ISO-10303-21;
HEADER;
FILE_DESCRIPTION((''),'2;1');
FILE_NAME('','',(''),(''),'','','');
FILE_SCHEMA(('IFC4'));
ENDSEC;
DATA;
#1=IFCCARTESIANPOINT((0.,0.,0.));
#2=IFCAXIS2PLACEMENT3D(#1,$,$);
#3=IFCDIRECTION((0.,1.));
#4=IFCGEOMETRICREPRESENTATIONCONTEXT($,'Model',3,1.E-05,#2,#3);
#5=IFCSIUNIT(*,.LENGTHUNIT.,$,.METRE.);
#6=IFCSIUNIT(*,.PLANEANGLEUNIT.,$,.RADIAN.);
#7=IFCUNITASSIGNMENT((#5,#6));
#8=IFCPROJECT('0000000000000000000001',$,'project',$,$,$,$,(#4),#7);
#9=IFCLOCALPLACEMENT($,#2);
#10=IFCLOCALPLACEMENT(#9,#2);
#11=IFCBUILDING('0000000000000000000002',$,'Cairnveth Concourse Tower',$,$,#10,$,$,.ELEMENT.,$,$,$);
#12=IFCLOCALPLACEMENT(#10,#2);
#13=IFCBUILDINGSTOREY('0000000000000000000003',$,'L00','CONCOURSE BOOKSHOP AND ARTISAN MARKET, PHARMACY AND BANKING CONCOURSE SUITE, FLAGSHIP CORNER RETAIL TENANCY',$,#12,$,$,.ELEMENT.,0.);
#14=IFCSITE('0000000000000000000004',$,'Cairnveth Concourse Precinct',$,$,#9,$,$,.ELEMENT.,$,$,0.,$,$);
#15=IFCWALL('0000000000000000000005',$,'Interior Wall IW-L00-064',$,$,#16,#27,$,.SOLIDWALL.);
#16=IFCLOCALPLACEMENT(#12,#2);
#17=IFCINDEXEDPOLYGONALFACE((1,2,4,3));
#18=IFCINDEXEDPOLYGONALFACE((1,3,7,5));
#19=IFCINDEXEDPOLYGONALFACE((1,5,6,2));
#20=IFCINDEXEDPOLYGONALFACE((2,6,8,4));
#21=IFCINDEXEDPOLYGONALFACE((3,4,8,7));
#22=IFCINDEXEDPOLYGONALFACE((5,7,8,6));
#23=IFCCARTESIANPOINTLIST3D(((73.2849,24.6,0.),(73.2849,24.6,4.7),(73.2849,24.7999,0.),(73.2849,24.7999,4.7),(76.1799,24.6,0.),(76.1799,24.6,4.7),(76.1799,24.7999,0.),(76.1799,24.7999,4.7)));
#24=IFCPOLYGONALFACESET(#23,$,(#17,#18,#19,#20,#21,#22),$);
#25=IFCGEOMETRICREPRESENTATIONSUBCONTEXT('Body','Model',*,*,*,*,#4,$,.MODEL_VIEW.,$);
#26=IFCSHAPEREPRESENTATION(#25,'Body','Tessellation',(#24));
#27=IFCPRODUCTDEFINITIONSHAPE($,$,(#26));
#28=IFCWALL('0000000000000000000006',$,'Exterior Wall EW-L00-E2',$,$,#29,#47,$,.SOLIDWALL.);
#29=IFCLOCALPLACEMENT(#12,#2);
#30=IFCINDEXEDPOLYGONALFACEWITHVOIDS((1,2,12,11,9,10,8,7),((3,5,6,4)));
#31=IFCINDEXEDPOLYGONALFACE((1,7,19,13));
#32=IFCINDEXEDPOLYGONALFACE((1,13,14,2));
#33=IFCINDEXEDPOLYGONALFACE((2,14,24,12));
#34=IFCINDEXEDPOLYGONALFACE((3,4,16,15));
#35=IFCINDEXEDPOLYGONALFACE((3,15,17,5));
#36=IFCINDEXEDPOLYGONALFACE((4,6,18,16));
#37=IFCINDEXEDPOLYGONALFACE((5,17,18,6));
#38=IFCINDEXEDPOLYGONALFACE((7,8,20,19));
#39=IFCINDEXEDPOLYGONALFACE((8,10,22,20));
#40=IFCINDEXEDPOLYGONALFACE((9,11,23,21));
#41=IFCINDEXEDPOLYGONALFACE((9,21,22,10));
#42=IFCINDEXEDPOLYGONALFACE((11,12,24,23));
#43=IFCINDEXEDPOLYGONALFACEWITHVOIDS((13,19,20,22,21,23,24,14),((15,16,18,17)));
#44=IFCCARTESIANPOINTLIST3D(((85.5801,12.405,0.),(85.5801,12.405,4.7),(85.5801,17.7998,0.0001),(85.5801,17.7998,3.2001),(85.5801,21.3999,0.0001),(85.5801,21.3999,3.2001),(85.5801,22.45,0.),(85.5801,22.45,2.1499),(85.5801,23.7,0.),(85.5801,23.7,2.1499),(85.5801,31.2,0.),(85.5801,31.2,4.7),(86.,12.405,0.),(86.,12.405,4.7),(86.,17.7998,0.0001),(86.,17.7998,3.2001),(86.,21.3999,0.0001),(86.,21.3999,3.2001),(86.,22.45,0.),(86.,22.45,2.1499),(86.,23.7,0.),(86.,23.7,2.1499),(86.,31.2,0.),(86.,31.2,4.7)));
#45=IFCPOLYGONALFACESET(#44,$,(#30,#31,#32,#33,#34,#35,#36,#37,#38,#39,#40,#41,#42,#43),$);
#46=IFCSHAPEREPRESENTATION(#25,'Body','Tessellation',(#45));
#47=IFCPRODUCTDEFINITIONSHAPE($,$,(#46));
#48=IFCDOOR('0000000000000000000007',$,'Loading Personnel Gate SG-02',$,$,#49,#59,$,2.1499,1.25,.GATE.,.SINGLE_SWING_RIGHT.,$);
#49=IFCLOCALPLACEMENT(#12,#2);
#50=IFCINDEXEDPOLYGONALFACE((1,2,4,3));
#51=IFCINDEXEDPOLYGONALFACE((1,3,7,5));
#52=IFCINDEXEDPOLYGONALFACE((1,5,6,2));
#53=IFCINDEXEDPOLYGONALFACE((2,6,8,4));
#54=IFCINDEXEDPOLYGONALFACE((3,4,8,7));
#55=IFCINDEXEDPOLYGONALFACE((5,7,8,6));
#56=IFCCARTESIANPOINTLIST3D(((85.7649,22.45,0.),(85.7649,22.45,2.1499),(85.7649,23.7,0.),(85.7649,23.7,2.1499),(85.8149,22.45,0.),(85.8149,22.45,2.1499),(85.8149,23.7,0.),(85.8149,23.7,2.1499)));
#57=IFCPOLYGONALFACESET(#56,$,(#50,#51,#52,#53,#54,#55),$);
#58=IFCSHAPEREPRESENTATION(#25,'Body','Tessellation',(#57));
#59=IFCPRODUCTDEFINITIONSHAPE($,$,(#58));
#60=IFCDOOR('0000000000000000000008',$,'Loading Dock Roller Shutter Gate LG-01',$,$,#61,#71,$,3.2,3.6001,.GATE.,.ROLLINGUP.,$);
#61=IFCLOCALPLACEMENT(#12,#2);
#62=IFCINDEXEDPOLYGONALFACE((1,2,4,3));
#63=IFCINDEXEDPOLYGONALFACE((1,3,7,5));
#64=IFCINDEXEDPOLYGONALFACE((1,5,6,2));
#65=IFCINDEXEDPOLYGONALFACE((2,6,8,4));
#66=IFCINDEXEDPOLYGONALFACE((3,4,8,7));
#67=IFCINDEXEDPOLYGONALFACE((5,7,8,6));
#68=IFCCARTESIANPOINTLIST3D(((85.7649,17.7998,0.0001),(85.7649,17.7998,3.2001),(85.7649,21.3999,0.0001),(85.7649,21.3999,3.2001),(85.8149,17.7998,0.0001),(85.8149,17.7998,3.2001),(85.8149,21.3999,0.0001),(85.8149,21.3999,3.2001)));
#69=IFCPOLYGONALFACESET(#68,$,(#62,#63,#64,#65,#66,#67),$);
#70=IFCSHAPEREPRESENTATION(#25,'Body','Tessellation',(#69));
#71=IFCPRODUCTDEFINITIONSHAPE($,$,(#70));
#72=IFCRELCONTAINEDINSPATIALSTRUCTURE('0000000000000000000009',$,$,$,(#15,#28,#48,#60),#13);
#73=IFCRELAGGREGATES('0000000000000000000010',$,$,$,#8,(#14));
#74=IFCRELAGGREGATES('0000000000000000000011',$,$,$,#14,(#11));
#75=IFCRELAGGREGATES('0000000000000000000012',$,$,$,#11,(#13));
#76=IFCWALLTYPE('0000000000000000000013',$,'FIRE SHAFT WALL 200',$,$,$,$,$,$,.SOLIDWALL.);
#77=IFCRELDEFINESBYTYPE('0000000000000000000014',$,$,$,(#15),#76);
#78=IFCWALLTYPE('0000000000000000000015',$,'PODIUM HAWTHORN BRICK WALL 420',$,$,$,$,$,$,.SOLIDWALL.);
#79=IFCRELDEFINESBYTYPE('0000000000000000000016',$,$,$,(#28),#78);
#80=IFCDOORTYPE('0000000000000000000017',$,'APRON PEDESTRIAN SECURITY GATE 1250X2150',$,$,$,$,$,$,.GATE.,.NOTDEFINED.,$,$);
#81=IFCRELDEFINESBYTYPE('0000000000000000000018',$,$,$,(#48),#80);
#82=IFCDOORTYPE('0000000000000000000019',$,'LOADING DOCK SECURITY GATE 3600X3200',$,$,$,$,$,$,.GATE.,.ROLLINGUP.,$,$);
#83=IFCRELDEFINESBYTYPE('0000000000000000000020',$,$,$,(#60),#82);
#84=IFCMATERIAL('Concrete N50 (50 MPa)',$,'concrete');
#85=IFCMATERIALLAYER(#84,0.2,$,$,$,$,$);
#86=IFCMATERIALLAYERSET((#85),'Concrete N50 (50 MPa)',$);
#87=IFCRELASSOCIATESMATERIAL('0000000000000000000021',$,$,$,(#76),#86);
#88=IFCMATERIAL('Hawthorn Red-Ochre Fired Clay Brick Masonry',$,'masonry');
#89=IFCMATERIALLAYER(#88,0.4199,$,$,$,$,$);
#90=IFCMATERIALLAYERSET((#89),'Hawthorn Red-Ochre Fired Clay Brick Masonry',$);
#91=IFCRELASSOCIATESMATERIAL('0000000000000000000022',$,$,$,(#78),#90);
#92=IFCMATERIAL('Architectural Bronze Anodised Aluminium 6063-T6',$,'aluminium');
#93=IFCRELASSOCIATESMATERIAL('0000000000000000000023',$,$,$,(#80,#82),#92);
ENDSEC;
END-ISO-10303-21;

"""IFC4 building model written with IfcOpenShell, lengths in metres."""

from ifc_helpers import new_model, si_unit, direction, frame, frame_2d, origin, place, context, subcontext, project, spatial, rectangle, extrude, material, layer, layer_set, type_object, element, fill, save


model = new_model("IFC4")

# Units and contexts
model_context = context("Model", 3, precision=1e-05, world=origin(), true_north=direction((0.0, 1.0)))
body_context = subcontext(model_context, "Body", "Model", "MODEL_VIEW")
ifc_project = project(units=[si_unit("LENGTHUNIT", "METRE"), si_unit("PLANEANGLEUNIT", "RADIAN")], contexts=[model_context])

# Site, building, storey
site_placement = place(None, origin())
site = spatial("IfcSite", under=ifc_project, at=site_placement, Name="Cairnveth Concourse Precinct", CompositionType="ELEMENT", RefElevation=0.0)
building_placement = place(site_placement, origin())
building = spatial("IfcBuilding", under=site, at=building_placement, Name="Cairnveth Concourse Tower", CompositionType="ELEMENT")
storey_placement = place(building_placement, origin())
storey = spatial("IfcBuildingStorey", under=building, at=storey_placement, Name="L00", Description="CONCOURSE BOOKSHOP AND ARTISAN MARKET, PHARMACY AND BANKING CONCOURSE SUITE, FLAGSHIP CORNER RETAIL TENANCY", CompositionType="ELEMENT", Elevation=0.0)

# Shared definitions
ifc_material_1 = material(Name="Architectural Bronze Anodised Aluminium 6063-T6", Category="aluminium")

# Wall
ifc_material_2 = material(Name="Concrete N50 (50 MPa)", Category="concrete")
ifc_layer_1 = layer(ifc_material_2, 0.2)
ifc_layer_set_1 = layer_set([ifc_layer_1], Name="Concrete N50 (50 MPa)")
wall_type_1 = type_object("IfcWallType", Name="FIRE SHAFT WALL 200", PredefinedType="SOLIDWALL", material=ifc_layer_set_1)
wall_1_placement = place(storey_placement, frame((73.2849, 24.7, 0.0), z_axis=(0.0, 0.0, 1.0), x_axis=(1.0, 0.0, 0.0)))
element("IfcWall", 1, at=wall_1_placement, inside=storey, type_object=wall_type_1, Name="Interior Wall IW-L00-064", PredefinedType="SOLIDWALL", context=body_context, shape_type="SweptSolid", body=[
    extrude(rectangle(XDim=2.895, YDim=0.2, at=frame_2d((1.4475, 0.0))), origin(), (0.0, 0.0, 1.0), 4.7),
])

# Wall, openings, doors
ifc_material_3 = material(Name="Hawthorn Red-Ochre Fired Clay Brick Masonry", Category="masonry")
ifc_layer_2 = layer(ifc_material_3, 0.4199)
ifc_layer_set_2 = layer_set([ifc_layer_2], Name="Hawthorn Red-Ochre Fired Clay Brick Masonry")
wall_type_2 = type_object("IfcWallType", Name="PODIUM HAWTHORN BRICK WALL 420", PredefinedType="SOLIDWALL", material=ifc_layer_set_2)
wall_2_placement = place(storey_placement, frame((85.79, 31.2, 0.0), z_axis=(0.0, 0.0, 1.0), x_axis=(0.0, -1.0, 0.0)))
wall_2 = element("IfcWall", 2, at=wall_2_placement, inside=storey, type_object=wall_type_2, Name="Exterior Wall EW-L00-E2", PredefinedType="SOLIDWALL", context=body_context, shape_type="SweptSolid", body=[
    extrude(rectangle(XDim=18.7949, YDim=0.4199, at=frame_2d((9.3975, 0.0))), origin(), (0.0, 0.0, 1.0), 4.7),
])
opening_1_placement = place(wall_2_placement, frame((9.8, 0.0, 0.0)))
opening_1 = element("IfcOpeningElement", 3, at=opening_1_placement, cuts=wall_2, PredefinedType="OPENING", context=body_context, shape_type="SweptSolid", body=[
    extrude(rectangle(XDim=3.6001, YDim=3.2, at=frame_2d((1.8, 1.6001))), frame((0.0, 0.22, 0.0), z_axis=(0.0, -1.0, 0.0), x_axis=(1.0, 0.0, 0.0)), (0.0, 0.0, 1.0), 0.4399),
])
opening_2_placement = place(wall_2_placement, frame((7.5, 0.0, 0.0)))
opening_2 = element("IfcOpeningElement", 4, at=opening_2_placement, cuts=wall_2, PredefinedType="OPENING", context=body_context, shape_type="SweptSolid", body=[
    extrude(rectangle(XDim=1.25, YDim=2.1499, at=frame_2d((0.625, 1.075))), frame((0.0, 0.22, 0.0), z_axis=(0.0, -1.0, 0.0), x_axis=(1.0, 0.0, 0.0)), (0.0, 0.0, 1.0), 0.4399),
])
door_type_1 = type_object("IfcDoorType", Name="APRON PEDESTRIAN SECURITY GATE 1250X2150", OperationType="NOTDEFINED", PredefinedType="GATE", material=ifc_material_1)
door_1_placement = place(opening_2_placement, origin())
door_1 = element("IfcDoor", 5, at=door_1_placement, inside=storey, type_object=door_type_1, Name="Loading Personnel Gate SG-02", OperationType="SINGLE_SWING_RIGHT", OverallHeight=2.1499, OverallWidth=1.25, PredefinedType="GATE", context=body_context, shape_type="SweptSolid", body=[
    extrude(rectangle(XDim=1.25, YDim=2.1499, at=frame_2d((0.625, 1.075))), frame((0.0, 0.0249, 0.0), z_axis=(0.0, -1.0, 0.0), x_axis=(1.0, 0.0, 0.0)), (0.0, 0.0, 1.0), 0.05),
])
fill(opening_2, door_1)
door_type_2 = type_object("IfcDoorType", Name="LOADING DOCK SECURITY GATE 3600X3200", OperationType="ROLLINGUP", PredefinedType="GATE", material=ifc_material_1)
door_2_placement = place(opening_1_placement, origin())
door_2 = element("IfcDoor", 6, at=door_2_placement, inside=storey, type_object=door_type_2, Name="Loading Dock Roller Shutter Gate LG-01", OperationType="ROLLINGUP", OverallHeight=3.2, OverallWidth=3.6001, PredefinedType="GATE", context=body_context, shape_type="SweptSolid", body=[
    extrude(rectangle(XDim=3.6001, YDim=3.2, at=frame_2d((1.8, 1.6001))), frame((0.0, 0.0249, 0.0), z_axis=(0.0, -1.0, 0.0), x_axis=(1.0, 0.0, 0.0)), (0.0, 0.0, 1.0), 0.05),
])
fill(opening_1, door_2)

save(model, "model.ifc")
